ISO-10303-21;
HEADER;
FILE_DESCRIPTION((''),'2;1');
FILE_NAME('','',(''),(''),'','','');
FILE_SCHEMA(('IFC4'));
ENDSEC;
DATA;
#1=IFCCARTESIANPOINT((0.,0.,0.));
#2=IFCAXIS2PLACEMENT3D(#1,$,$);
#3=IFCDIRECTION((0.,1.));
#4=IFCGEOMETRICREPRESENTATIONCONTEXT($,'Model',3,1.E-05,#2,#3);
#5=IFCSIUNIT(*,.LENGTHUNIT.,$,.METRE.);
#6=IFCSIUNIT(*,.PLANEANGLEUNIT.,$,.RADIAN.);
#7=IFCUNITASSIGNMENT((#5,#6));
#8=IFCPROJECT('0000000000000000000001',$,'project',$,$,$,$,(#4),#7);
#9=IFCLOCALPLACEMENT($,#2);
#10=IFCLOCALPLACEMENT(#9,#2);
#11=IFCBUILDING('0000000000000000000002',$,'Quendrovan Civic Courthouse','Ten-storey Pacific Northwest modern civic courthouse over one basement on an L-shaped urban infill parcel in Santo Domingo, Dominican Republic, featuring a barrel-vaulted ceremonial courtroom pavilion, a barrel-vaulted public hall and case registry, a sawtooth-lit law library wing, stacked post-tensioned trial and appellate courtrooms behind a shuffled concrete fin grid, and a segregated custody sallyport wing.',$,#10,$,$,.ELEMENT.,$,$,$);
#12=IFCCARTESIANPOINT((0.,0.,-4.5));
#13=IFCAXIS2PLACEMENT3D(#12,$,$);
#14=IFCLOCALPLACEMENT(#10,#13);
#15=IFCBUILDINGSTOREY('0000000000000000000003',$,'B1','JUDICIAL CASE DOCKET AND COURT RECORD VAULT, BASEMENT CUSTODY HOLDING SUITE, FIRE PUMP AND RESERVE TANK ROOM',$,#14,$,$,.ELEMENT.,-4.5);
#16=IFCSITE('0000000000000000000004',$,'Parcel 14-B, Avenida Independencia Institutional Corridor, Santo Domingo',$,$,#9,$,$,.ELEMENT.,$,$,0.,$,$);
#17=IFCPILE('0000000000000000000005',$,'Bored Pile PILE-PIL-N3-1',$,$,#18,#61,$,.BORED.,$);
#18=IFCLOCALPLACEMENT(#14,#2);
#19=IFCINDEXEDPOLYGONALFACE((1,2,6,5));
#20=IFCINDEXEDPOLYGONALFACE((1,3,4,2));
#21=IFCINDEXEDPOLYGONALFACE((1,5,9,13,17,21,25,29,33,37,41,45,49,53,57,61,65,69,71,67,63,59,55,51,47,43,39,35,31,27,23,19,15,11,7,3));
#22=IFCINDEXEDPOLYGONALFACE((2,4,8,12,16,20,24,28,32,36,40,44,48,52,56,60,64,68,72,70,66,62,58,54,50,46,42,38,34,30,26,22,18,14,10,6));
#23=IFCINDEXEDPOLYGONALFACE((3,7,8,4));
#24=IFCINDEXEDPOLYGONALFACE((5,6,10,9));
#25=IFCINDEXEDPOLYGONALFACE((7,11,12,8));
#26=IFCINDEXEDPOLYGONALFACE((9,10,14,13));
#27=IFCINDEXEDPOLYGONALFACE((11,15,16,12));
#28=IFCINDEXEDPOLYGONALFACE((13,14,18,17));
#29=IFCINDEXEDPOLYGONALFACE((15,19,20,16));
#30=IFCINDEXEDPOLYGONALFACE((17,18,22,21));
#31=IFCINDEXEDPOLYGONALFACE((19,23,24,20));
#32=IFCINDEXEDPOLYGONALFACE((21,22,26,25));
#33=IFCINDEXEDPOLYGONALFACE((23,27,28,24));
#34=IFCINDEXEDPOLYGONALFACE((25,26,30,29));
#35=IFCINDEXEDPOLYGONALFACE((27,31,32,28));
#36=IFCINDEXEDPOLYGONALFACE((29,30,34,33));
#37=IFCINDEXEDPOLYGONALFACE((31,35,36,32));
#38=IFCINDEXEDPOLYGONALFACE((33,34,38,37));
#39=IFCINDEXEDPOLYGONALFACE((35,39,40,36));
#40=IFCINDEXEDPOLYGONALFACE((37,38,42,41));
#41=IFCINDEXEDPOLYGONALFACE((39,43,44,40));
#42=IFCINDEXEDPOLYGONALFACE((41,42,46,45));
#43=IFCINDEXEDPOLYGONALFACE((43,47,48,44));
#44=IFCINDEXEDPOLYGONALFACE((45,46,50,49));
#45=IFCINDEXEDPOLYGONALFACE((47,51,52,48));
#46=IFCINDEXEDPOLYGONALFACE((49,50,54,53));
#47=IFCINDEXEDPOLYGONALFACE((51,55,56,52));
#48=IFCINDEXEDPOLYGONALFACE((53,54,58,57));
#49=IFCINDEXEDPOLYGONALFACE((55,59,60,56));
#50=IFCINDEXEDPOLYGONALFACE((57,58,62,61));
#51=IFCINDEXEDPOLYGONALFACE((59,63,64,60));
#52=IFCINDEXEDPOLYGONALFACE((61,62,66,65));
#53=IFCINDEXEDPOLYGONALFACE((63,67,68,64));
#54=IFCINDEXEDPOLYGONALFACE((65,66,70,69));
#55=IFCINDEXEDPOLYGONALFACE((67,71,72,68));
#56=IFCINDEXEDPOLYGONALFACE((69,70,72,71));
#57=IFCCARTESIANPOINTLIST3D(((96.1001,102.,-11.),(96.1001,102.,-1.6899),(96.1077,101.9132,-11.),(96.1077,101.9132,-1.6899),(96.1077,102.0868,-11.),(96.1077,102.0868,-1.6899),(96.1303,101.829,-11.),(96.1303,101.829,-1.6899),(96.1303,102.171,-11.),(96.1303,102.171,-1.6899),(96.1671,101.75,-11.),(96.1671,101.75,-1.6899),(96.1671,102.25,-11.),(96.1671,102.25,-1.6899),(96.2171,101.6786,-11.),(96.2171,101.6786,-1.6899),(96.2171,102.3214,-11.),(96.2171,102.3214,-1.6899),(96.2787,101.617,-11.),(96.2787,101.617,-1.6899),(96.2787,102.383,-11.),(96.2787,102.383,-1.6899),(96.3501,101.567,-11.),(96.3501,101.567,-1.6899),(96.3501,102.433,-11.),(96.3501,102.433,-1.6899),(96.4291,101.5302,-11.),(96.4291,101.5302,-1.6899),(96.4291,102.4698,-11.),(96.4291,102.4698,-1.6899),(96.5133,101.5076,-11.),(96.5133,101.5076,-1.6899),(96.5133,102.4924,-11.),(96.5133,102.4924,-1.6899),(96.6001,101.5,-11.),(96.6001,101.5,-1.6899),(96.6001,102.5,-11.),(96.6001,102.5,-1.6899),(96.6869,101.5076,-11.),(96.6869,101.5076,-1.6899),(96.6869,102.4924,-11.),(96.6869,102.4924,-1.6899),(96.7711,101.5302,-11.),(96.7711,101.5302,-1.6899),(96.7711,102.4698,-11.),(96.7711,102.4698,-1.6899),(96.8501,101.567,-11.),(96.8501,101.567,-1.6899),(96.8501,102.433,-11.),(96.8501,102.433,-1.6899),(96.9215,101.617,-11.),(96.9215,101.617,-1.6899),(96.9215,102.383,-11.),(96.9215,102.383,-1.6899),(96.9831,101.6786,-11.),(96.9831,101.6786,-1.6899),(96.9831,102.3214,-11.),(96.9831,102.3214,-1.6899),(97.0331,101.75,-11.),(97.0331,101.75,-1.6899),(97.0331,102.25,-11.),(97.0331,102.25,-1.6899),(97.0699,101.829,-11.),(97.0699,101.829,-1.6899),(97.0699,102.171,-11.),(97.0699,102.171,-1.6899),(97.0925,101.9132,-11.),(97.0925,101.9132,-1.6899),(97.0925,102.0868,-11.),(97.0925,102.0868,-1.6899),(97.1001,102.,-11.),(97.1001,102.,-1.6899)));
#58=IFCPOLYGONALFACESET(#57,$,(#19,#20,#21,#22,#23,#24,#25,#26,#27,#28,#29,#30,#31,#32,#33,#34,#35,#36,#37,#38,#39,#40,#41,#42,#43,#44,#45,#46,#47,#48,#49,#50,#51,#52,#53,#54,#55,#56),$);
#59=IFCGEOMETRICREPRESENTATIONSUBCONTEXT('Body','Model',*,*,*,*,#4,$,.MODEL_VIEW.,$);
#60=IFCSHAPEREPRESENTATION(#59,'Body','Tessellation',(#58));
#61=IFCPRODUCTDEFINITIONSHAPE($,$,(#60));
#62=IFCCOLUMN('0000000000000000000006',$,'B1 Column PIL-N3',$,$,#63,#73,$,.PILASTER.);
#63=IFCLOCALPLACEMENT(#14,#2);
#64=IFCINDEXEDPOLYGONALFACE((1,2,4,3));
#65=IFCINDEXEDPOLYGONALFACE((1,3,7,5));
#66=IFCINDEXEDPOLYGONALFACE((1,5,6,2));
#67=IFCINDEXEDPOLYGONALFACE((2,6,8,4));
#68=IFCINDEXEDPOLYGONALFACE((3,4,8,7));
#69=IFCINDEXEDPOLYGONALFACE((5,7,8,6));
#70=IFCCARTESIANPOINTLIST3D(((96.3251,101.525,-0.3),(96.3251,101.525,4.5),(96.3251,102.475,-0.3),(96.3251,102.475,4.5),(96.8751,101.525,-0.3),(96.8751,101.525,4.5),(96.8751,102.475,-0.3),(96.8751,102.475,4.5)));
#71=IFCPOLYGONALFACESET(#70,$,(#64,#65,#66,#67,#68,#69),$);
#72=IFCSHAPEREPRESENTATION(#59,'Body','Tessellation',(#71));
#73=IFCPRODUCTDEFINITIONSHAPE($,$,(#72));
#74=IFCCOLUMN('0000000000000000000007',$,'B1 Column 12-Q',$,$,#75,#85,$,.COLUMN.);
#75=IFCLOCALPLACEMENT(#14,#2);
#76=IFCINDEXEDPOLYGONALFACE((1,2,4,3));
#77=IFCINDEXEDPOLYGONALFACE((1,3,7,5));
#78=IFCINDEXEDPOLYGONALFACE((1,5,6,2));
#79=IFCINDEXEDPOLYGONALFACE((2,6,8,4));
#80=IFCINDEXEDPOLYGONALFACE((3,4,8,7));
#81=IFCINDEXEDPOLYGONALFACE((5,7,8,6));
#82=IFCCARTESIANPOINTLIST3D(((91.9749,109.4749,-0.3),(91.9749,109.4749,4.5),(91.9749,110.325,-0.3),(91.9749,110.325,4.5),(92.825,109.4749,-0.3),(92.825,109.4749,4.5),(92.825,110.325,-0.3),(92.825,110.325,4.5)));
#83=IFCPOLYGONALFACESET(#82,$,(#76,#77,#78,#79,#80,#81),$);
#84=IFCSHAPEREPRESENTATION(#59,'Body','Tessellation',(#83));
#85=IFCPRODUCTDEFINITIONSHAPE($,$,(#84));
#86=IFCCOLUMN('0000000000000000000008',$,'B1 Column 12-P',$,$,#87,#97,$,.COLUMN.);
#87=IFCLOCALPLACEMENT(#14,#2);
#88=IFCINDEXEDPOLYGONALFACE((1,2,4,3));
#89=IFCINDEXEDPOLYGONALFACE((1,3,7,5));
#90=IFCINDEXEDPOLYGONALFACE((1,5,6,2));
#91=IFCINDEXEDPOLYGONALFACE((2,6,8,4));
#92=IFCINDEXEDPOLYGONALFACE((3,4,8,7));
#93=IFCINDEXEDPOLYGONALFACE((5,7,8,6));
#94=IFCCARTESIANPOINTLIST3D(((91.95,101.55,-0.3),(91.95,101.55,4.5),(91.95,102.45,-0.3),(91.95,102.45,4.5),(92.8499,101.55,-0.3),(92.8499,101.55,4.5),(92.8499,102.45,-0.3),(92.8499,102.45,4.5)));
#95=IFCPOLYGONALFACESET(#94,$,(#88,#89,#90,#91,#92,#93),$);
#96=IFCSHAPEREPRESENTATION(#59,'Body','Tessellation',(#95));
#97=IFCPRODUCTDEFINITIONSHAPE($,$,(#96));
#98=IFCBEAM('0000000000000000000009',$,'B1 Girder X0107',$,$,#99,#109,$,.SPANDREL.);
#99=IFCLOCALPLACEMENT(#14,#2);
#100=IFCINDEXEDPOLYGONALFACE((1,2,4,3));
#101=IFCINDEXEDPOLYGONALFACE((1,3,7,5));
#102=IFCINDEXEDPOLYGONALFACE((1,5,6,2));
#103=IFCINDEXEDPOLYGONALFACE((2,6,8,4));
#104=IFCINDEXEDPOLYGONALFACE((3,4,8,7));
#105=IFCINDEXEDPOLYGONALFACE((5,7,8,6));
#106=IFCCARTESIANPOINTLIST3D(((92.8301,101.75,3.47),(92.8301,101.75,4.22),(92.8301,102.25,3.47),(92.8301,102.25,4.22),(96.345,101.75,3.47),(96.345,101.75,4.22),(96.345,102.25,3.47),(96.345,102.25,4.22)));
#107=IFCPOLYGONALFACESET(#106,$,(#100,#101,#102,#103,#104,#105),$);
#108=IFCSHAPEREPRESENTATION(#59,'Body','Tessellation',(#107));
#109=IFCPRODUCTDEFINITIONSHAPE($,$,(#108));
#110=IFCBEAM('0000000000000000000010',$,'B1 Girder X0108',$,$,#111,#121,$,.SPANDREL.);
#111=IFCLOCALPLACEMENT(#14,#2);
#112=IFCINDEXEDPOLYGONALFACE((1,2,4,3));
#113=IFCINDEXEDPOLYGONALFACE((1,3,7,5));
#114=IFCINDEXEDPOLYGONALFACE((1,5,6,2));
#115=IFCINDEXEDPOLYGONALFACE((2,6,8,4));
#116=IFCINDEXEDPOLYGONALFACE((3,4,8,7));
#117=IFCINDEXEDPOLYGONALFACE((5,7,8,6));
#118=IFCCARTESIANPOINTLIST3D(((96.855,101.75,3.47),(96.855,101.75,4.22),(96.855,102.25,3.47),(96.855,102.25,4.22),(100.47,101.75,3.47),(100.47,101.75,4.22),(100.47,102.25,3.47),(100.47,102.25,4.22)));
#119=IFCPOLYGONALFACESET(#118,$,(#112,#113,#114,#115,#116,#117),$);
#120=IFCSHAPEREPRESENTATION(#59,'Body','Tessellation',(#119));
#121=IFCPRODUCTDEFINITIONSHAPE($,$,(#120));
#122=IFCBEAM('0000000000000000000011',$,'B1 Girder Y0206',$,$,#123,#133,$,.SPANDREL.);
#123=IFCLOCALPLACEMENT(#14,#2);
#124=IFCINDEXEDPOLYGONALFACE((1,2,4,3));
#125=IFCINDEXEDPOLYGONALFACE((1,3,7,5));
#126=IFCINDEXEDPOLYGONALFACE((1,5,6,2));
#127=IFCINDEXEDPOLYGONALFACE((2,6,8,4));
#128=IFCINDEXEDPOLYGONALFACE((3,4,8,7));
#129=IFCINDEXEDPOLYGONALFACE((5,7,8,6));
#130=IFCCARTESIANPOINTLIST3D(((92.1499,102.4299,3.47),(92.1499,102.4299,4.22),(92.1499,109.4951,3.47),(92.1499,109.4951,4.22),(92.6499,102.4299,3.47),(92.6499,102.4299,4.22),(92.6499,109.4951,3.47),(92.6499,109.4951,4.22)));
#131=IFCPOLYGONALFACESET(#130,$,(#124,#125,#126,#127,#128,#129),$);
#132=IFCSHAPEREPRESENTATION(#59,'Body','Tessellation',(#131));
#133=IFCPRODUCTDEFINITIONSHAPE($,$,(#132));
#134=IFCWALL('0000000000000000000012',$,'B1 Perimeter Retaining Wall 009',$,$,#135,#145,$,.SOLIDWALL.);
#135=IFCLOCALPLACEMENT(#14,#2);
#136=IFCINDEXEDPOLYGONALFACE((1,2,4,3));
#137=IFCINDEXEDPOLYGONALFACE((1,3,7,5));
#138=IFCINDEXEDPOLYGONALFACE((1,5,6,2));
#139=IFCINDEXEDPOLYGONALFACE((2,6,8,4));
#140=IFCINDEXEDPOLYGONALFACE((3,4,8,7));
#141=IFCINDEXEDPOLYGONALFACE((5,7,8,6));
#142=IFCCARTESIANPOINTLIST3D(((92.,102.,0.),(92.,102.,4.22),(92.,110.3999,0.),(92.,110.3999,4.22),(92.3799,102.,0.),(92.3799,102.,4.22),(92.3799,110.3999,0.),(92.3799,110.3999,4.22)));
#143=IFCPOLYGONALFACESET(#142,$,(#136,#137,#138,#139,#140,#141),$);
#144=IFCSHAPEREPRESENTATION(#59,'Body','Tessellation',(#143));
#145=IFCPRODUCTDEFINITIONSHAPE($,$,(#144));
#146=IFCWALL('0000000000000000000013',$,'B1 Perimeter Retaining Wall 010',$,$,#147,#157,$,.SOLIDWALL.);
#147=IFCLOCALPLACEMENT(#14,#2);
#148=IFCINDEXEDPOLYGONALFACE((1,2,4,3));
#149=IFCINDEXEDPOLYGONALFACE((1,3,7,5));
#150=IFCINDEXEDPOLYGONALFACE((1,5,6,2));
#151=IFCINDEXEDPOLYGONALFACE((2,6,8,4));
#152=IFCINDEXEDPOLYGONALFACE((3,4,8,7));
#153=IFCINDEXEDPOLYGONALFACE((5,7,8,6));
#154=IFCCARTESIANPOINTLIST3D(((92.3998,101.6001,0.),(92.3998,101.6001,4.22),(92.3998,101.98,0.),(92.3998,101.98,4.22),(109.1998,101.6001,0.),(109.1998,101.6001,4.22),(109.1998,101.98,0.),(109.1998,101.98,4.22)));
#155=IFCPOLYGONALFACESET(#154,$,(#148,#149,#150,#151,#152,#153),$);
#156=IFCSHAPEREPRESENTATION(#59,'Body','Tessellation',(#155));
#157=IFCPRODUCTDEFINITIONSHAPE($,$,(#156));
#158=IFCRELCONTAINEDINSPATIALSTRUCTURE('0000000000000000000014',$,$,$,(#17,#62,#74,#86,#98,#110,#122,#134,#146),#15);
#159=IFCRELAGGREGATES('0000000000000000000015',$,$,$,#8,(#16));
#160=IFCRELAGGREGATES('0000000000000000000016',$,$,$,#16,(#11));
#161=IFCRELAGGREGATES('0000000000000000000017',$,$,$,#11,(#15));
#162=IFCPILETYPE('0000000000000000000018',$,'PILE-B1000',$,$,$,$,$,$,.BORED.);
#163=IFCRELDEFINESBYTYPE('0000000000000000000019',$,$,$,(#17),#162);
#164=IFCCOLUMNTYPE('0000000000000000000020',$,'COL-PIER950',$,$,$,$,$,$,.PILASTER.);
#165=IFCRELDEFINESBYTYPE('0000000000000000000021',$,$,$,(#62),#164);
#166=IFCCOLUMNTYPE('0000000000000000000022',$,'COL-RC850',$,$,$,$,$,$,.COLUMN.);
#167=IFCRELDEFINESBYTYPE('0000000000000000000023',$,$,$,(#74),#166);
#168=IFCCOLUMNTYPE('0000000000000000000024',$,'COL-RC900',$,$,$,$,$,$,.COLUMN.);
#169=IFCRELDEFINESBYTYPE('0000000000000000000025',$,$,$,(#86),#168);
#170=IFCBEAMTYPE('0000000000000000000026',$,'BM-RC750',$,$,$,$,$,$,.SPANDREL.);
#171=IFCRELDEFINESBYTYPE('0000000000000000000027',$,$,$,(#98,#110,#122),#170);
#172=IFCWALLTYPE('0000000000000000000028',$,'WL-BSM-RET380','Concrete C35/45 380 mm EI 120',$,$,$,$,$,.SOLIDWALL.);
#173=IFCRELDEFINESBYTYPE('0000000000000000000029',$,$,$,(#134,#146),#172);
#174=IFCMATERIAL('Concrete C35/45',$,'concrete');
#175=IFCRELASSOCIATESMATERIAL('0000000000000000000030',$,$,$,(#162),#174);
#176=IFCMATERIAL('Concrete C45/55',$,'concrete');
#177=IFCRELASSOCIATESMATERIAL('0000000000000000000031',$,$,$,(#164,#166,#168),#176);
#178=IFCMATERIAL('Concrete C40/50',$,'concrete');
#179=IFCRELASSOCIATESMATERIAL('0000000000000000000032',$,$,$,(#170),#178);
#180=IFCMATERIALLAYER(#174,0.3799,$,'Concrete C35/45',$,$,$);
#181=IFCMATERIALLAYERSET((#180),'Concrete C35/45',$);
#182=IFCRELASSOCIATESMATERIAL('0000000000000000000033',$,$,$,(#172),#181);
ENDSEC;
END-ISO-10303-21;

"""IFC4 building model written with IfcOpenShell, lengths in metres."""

from ifc_helpers import new_model, si_unit, direction, frame, frame_2d, origin, origin_2d, place, context, subcontext, project, spatial, rectangle, circle, extrude, material, layer, layer_set, material_profile, profile_set, type_object, element, save


model = new_model("IFC4")

# Units and contexts
model_context = context("Model", 3, precision=1e-05, world=origin(), true_north=direction((0.0, 1.0)))
body_context = subcontext(model_context, "Body", "Model", "MODEL_VIEW")
ifc_project = project(units=[si_unit("LENGTHUNIT", "METRE"), si_unit("PLANEANGLEUNIT", "RADIAN")], contexts=[model_context])

# Site, building, storey
site_placement = place(None, origin())
site = spatial("IfcSite", under=ifc_project, at=site_placement, Name="Parcel 14-B, Avenida Independencia Institutional Corridor, Santo Domingo", CompositionType="ELEMENT", RefElevation=0.0)
building_placement = place(site_placement, origin())
building = spatial("IfcBuilding", under=site, at=building_placement, Name="Quendrovan Civic Courthouse", Description="Ten-storey Pacific Northwest modern civic courthouse over one basement on an L-shaped urban infill parcel in Santo Domingo, Dominican Republic, featuring a barrel-vaulted ceremonial courtroom pavilion, a barrel-vaulted public hall and case registry, a sawtooth-lit law library wing, stacked post-tensioned trial and appellate courtrooms behind a shuffled concrete fin grid, and a segregated custody sallyport wing.", CompositionType="ELEMENT")
storey_placement = place(building_placement, frame((0.0, 0.0, -4.5)))
storey = spatial("IfcBuildingStorey", under=building, at=storey_placement, Name="B1", Description="JUDICIAL CASE DOCKET AND COURT RECORD VAULT, BASEMENT CUSTODY HOLDING SUITE, FIRE PUMP AND RESERVE TANK ROOM", CompositionType="ELEMENT", Elevation=-4.5)

# Shared definitions
ifc_material_1 = material(Name="Concrete C35/45", Category="concrete")

# Pile
ifc_material_profile_1 = material_profile(ifc_material_1, circle(Radius=0.5, at=origin_2d()), Name="PILE-D1000")
ifc_profile_set_1 = profile_set([ifc_material_profile_1], Name="Concrete C35/45")
pile_type = type_object("IfcPileType", Name="PILE-B1000", PredefinedType="BORED", material=ifc_profile_set_1)
pile_1_placement = place(storey_placement, frame((96.6001, 102.0, -1.6899), z_axis=(0.0, 0.0, -1.0), x_axis=(1.0, 0.0, 0.0)))
element("IfcPile", 1, at=pile_1_placement, inside=storey, type_object=pile_type, Name="Bored Pile PILE-PIL-N3-1", PredefinedType="BORED", context=body_context, shape_type="SweptSolid", body=[
    extrude(circle(Radius=0.5, at=origin_2d()), origin(), (0.0, 0.0, 1.0), 9.3101),
])

# Columns
ifc_material_2 = material(Name="Concrete C45/55", Category="concrete")
ifc_material_profile_2 = material_profile(ifc_material_2, rectangle(XDim=0.55, YDim=0.95, at=origin_2d()), Name="RC-PIER-550x950")
ifc_profile_set_2 = profile_set([ifc_material_profile_2], Name="Concrete C45/55")
column_type_1 = type_object("IfcColumnType", Name="COL-PIER950", PredefinedType="PILASTER", material=ifc_profile_set_2)
column_1_placement = place(storey_placement, frame((96.6001, 102.0, -0.3), z_axis=(0.0, 0.0, 1.0), x_axis=(1.0, 0.0, 0.0)))
element("IfcColumn", 2, at=column_1_placement, inside=storey, type_object=column_type_1, Name="B1 Column PIL-N3", PredefinedType="PILASTER", context=body_context, shape_type="SweptSolid", body=[
    extrude(rectangle(XDim=0.55, YDim=0.95, at=origin_2d()), origin(), (0.0, 0.0, 1.0), 4.8),
])
ifc_material_profile_3 = material_profile(ifc_material_2, rectangle(XDim=0.8501, YDim=0.8501, at=origin_2d()), Name="RC-COL-850x850")
ifc_profile_set_3 = profile_set([ifc_material_profile_3], Name="Concrete C45/55")
column_type_2 = type_object("IfcColumnType", Name="COL-RC850", PredefinedType="COLUMN", material=ifc_profile_set_3)
column_2_placement = place(storey_placement, frame((92.3999, 109.8999, -0.3), z_axis=(0.0, 0.0, 1.0), x_axis=(1.0, 0.0, 0.0)))
element("IfcColumn", 3, at=column_2_placement, inside=storey, type_object=column_type_2, Name="B1 Column 12-Q", PredefinedType="COLUMN", context=body_context, shape_type="SweptSolid", body=[
    extrude(rectangle(XDim=0.8501, YDim=0.8501, at=origin_2d()), origin(), (0.0, 0.0, 1.0), 4.8),
])
ifc_material_profile_4 = material_profile(ifc_material_2, rectangle(XDim=0.8999, YDim=0.8999, at=origin_2d()), Name="RC-COL-900x900")
ifc_profile_set_4 = profile_set([ifc_material_profile_4], Name="Concrete C45/55")
column_type_3 = type_object("IfcColumnType", Name="COL-RC900", PredefinedType="COLUMN", material=ifc_profile_set_4)
column_3_placement = place(storey_placement, frame((92.3999, 102.0, -0.3), z_axis=(0.0, 0.0, 1.0), x_axis=(1.0, 0.0, 0.0)))
element("IfcColumn", 4, at=column_3_placement, inside=storey, type_object=column_type_3, Name="B1 Column 12-P", PredefinedType="COLUMN", context=body_context, shape_type="SweptSolid", body=[
    extrude(rectangle(XDim=0.8999, YDim=0.8999, at=origin_2d()), origin(), (0.0, 0.0, 1.0), 4.8),
])

# Beams
ifc_material_3 = material(Name="Concrete C40/50", Category="concrete")
ifc_material_profile_5 = material_profile(ifc_material_3, rectangle(XDim=0.5, YDim=0.75, at=origin_2d()), Name="RC-BM-500x750")
ifc_profile_set_5 = profile_set([ifc_material_profile_5], Name="Concrete C40/50")
beam_type = type_object("IfcBeamType", Name="BM-RC750", PredefinedType="SPANDREL", material=ifc_profile_set_5)
beam_1_placement = place(storey_placement, frame((92.8301, 102.0, 3.845), z_axis=(1.0, 0.0, 0.0), x_axis=(0.0, 1.0, 0.0)))
element("IfcBeam", 5, at=beam_1_placement, inside=storey, type_object=beam_type, Name="B1 Girder X0107", PredefinedType="SPANDREL", context=body_context, shape_type="SweptSolid", body=[
    extrude(rectangle(XDim=0.5, YDim=0.75, at=origin_2d()), origin(), (0.0, 0.0, 1.0), 3.5149),
])
beam_2_placement = place(storey_placement, frame((96.855, 102.0, 3.845), z_axis=(1.0, 0.0, 0.0), x_axis=(0.0, 1.0, 0.0)))
element("IfcBeam", 6, at=beam_2_placement, inside=storey, type_object=beam_type, Name="B1 Girder X0108", PredefinedType="SPANDREL", context=body_context, shape_type="SweptSolid", body=[
    extrude(rectangle(XDim=0.5, YDim=0.75, at=origin_2d()), origin(), (0.0, 0.0, 1.0), 3.615),
])
beam_3_placement = place(storey_placement, frame((92.3999, 102.4299, 3.845), z_axis=(0.0, 1.0, 0.0), x_axis=(-1.0, 0.0, 0.0)))
element("IfcBeam", 7, at=beam_3_placement, inside=storey, type_object=beam_type, Name="B1 Girder Y0206", PredefinedType="SPANDREL", context=body_context, shape_type="SweptSolid", body=[
    extrude(rectangle(XDim=0.5, YDim=0.75, at=origin_2d()), origin(), (0.0, 0.0, 1.0), 7.0652),
])

# Walls
ifc_layer = layer(ifc_material_1, 0.3799, Name="Concrete C35/45")
ifc_layer_set = layer_set([ifc_layer], Name="Concrete C35/45")
wall_type = type_object("IfcWallType", Name="WL-BSM-RET380", Description="Concrete C35/45 380 mm EI 120", PredefinedType="SOLIDWALL", material=ifc_layer_set)
wall_1_placement = place(storey_placement, frame((92.1899, 110.3999, 0.0), z_axis=(0.0, 0.0, 1.0), x_axis=(0.0, -1.0, 0.0)))
element("IfcWall", 8, at=wall_1_placement, inside=storey, type_object=wall_type, Name="B1 Perimeter Retaining Wall 009", PredefinedType="SOLIDWALL", context=body_context, shape_type="SweptSolid", body=[
    extrude(rectangle(XDim=8.3999, YDim=0.3799, at=frame_2d((4.2, 0.0))), origin(), (0.0, 0.0, 1.0), 4.22),
])
wall_2_placement = place(storey_placement, frame((92.3999, 101.79, 0.0), z_axis=(0.0, 0.0, 1.0), x_axis=(1.0, 0.0, 0.0)))
element("IfcWall", 9, at=wall_2_placement, inside=storey, type_object=wall_type, Name="B1 Perimeter Retaining Wall 010", PredefinedType="SOLIDWALL", context=body_context, shape_type="SweptSolid", body=[
    extrude(rectangle(XDim=16.8, YDim=0.3799, at=frame_2d((8.3999, 0.0))), origin(), (0.0, 0.0, 1.0), 4.22),
])

save(model, "model.ifc")
